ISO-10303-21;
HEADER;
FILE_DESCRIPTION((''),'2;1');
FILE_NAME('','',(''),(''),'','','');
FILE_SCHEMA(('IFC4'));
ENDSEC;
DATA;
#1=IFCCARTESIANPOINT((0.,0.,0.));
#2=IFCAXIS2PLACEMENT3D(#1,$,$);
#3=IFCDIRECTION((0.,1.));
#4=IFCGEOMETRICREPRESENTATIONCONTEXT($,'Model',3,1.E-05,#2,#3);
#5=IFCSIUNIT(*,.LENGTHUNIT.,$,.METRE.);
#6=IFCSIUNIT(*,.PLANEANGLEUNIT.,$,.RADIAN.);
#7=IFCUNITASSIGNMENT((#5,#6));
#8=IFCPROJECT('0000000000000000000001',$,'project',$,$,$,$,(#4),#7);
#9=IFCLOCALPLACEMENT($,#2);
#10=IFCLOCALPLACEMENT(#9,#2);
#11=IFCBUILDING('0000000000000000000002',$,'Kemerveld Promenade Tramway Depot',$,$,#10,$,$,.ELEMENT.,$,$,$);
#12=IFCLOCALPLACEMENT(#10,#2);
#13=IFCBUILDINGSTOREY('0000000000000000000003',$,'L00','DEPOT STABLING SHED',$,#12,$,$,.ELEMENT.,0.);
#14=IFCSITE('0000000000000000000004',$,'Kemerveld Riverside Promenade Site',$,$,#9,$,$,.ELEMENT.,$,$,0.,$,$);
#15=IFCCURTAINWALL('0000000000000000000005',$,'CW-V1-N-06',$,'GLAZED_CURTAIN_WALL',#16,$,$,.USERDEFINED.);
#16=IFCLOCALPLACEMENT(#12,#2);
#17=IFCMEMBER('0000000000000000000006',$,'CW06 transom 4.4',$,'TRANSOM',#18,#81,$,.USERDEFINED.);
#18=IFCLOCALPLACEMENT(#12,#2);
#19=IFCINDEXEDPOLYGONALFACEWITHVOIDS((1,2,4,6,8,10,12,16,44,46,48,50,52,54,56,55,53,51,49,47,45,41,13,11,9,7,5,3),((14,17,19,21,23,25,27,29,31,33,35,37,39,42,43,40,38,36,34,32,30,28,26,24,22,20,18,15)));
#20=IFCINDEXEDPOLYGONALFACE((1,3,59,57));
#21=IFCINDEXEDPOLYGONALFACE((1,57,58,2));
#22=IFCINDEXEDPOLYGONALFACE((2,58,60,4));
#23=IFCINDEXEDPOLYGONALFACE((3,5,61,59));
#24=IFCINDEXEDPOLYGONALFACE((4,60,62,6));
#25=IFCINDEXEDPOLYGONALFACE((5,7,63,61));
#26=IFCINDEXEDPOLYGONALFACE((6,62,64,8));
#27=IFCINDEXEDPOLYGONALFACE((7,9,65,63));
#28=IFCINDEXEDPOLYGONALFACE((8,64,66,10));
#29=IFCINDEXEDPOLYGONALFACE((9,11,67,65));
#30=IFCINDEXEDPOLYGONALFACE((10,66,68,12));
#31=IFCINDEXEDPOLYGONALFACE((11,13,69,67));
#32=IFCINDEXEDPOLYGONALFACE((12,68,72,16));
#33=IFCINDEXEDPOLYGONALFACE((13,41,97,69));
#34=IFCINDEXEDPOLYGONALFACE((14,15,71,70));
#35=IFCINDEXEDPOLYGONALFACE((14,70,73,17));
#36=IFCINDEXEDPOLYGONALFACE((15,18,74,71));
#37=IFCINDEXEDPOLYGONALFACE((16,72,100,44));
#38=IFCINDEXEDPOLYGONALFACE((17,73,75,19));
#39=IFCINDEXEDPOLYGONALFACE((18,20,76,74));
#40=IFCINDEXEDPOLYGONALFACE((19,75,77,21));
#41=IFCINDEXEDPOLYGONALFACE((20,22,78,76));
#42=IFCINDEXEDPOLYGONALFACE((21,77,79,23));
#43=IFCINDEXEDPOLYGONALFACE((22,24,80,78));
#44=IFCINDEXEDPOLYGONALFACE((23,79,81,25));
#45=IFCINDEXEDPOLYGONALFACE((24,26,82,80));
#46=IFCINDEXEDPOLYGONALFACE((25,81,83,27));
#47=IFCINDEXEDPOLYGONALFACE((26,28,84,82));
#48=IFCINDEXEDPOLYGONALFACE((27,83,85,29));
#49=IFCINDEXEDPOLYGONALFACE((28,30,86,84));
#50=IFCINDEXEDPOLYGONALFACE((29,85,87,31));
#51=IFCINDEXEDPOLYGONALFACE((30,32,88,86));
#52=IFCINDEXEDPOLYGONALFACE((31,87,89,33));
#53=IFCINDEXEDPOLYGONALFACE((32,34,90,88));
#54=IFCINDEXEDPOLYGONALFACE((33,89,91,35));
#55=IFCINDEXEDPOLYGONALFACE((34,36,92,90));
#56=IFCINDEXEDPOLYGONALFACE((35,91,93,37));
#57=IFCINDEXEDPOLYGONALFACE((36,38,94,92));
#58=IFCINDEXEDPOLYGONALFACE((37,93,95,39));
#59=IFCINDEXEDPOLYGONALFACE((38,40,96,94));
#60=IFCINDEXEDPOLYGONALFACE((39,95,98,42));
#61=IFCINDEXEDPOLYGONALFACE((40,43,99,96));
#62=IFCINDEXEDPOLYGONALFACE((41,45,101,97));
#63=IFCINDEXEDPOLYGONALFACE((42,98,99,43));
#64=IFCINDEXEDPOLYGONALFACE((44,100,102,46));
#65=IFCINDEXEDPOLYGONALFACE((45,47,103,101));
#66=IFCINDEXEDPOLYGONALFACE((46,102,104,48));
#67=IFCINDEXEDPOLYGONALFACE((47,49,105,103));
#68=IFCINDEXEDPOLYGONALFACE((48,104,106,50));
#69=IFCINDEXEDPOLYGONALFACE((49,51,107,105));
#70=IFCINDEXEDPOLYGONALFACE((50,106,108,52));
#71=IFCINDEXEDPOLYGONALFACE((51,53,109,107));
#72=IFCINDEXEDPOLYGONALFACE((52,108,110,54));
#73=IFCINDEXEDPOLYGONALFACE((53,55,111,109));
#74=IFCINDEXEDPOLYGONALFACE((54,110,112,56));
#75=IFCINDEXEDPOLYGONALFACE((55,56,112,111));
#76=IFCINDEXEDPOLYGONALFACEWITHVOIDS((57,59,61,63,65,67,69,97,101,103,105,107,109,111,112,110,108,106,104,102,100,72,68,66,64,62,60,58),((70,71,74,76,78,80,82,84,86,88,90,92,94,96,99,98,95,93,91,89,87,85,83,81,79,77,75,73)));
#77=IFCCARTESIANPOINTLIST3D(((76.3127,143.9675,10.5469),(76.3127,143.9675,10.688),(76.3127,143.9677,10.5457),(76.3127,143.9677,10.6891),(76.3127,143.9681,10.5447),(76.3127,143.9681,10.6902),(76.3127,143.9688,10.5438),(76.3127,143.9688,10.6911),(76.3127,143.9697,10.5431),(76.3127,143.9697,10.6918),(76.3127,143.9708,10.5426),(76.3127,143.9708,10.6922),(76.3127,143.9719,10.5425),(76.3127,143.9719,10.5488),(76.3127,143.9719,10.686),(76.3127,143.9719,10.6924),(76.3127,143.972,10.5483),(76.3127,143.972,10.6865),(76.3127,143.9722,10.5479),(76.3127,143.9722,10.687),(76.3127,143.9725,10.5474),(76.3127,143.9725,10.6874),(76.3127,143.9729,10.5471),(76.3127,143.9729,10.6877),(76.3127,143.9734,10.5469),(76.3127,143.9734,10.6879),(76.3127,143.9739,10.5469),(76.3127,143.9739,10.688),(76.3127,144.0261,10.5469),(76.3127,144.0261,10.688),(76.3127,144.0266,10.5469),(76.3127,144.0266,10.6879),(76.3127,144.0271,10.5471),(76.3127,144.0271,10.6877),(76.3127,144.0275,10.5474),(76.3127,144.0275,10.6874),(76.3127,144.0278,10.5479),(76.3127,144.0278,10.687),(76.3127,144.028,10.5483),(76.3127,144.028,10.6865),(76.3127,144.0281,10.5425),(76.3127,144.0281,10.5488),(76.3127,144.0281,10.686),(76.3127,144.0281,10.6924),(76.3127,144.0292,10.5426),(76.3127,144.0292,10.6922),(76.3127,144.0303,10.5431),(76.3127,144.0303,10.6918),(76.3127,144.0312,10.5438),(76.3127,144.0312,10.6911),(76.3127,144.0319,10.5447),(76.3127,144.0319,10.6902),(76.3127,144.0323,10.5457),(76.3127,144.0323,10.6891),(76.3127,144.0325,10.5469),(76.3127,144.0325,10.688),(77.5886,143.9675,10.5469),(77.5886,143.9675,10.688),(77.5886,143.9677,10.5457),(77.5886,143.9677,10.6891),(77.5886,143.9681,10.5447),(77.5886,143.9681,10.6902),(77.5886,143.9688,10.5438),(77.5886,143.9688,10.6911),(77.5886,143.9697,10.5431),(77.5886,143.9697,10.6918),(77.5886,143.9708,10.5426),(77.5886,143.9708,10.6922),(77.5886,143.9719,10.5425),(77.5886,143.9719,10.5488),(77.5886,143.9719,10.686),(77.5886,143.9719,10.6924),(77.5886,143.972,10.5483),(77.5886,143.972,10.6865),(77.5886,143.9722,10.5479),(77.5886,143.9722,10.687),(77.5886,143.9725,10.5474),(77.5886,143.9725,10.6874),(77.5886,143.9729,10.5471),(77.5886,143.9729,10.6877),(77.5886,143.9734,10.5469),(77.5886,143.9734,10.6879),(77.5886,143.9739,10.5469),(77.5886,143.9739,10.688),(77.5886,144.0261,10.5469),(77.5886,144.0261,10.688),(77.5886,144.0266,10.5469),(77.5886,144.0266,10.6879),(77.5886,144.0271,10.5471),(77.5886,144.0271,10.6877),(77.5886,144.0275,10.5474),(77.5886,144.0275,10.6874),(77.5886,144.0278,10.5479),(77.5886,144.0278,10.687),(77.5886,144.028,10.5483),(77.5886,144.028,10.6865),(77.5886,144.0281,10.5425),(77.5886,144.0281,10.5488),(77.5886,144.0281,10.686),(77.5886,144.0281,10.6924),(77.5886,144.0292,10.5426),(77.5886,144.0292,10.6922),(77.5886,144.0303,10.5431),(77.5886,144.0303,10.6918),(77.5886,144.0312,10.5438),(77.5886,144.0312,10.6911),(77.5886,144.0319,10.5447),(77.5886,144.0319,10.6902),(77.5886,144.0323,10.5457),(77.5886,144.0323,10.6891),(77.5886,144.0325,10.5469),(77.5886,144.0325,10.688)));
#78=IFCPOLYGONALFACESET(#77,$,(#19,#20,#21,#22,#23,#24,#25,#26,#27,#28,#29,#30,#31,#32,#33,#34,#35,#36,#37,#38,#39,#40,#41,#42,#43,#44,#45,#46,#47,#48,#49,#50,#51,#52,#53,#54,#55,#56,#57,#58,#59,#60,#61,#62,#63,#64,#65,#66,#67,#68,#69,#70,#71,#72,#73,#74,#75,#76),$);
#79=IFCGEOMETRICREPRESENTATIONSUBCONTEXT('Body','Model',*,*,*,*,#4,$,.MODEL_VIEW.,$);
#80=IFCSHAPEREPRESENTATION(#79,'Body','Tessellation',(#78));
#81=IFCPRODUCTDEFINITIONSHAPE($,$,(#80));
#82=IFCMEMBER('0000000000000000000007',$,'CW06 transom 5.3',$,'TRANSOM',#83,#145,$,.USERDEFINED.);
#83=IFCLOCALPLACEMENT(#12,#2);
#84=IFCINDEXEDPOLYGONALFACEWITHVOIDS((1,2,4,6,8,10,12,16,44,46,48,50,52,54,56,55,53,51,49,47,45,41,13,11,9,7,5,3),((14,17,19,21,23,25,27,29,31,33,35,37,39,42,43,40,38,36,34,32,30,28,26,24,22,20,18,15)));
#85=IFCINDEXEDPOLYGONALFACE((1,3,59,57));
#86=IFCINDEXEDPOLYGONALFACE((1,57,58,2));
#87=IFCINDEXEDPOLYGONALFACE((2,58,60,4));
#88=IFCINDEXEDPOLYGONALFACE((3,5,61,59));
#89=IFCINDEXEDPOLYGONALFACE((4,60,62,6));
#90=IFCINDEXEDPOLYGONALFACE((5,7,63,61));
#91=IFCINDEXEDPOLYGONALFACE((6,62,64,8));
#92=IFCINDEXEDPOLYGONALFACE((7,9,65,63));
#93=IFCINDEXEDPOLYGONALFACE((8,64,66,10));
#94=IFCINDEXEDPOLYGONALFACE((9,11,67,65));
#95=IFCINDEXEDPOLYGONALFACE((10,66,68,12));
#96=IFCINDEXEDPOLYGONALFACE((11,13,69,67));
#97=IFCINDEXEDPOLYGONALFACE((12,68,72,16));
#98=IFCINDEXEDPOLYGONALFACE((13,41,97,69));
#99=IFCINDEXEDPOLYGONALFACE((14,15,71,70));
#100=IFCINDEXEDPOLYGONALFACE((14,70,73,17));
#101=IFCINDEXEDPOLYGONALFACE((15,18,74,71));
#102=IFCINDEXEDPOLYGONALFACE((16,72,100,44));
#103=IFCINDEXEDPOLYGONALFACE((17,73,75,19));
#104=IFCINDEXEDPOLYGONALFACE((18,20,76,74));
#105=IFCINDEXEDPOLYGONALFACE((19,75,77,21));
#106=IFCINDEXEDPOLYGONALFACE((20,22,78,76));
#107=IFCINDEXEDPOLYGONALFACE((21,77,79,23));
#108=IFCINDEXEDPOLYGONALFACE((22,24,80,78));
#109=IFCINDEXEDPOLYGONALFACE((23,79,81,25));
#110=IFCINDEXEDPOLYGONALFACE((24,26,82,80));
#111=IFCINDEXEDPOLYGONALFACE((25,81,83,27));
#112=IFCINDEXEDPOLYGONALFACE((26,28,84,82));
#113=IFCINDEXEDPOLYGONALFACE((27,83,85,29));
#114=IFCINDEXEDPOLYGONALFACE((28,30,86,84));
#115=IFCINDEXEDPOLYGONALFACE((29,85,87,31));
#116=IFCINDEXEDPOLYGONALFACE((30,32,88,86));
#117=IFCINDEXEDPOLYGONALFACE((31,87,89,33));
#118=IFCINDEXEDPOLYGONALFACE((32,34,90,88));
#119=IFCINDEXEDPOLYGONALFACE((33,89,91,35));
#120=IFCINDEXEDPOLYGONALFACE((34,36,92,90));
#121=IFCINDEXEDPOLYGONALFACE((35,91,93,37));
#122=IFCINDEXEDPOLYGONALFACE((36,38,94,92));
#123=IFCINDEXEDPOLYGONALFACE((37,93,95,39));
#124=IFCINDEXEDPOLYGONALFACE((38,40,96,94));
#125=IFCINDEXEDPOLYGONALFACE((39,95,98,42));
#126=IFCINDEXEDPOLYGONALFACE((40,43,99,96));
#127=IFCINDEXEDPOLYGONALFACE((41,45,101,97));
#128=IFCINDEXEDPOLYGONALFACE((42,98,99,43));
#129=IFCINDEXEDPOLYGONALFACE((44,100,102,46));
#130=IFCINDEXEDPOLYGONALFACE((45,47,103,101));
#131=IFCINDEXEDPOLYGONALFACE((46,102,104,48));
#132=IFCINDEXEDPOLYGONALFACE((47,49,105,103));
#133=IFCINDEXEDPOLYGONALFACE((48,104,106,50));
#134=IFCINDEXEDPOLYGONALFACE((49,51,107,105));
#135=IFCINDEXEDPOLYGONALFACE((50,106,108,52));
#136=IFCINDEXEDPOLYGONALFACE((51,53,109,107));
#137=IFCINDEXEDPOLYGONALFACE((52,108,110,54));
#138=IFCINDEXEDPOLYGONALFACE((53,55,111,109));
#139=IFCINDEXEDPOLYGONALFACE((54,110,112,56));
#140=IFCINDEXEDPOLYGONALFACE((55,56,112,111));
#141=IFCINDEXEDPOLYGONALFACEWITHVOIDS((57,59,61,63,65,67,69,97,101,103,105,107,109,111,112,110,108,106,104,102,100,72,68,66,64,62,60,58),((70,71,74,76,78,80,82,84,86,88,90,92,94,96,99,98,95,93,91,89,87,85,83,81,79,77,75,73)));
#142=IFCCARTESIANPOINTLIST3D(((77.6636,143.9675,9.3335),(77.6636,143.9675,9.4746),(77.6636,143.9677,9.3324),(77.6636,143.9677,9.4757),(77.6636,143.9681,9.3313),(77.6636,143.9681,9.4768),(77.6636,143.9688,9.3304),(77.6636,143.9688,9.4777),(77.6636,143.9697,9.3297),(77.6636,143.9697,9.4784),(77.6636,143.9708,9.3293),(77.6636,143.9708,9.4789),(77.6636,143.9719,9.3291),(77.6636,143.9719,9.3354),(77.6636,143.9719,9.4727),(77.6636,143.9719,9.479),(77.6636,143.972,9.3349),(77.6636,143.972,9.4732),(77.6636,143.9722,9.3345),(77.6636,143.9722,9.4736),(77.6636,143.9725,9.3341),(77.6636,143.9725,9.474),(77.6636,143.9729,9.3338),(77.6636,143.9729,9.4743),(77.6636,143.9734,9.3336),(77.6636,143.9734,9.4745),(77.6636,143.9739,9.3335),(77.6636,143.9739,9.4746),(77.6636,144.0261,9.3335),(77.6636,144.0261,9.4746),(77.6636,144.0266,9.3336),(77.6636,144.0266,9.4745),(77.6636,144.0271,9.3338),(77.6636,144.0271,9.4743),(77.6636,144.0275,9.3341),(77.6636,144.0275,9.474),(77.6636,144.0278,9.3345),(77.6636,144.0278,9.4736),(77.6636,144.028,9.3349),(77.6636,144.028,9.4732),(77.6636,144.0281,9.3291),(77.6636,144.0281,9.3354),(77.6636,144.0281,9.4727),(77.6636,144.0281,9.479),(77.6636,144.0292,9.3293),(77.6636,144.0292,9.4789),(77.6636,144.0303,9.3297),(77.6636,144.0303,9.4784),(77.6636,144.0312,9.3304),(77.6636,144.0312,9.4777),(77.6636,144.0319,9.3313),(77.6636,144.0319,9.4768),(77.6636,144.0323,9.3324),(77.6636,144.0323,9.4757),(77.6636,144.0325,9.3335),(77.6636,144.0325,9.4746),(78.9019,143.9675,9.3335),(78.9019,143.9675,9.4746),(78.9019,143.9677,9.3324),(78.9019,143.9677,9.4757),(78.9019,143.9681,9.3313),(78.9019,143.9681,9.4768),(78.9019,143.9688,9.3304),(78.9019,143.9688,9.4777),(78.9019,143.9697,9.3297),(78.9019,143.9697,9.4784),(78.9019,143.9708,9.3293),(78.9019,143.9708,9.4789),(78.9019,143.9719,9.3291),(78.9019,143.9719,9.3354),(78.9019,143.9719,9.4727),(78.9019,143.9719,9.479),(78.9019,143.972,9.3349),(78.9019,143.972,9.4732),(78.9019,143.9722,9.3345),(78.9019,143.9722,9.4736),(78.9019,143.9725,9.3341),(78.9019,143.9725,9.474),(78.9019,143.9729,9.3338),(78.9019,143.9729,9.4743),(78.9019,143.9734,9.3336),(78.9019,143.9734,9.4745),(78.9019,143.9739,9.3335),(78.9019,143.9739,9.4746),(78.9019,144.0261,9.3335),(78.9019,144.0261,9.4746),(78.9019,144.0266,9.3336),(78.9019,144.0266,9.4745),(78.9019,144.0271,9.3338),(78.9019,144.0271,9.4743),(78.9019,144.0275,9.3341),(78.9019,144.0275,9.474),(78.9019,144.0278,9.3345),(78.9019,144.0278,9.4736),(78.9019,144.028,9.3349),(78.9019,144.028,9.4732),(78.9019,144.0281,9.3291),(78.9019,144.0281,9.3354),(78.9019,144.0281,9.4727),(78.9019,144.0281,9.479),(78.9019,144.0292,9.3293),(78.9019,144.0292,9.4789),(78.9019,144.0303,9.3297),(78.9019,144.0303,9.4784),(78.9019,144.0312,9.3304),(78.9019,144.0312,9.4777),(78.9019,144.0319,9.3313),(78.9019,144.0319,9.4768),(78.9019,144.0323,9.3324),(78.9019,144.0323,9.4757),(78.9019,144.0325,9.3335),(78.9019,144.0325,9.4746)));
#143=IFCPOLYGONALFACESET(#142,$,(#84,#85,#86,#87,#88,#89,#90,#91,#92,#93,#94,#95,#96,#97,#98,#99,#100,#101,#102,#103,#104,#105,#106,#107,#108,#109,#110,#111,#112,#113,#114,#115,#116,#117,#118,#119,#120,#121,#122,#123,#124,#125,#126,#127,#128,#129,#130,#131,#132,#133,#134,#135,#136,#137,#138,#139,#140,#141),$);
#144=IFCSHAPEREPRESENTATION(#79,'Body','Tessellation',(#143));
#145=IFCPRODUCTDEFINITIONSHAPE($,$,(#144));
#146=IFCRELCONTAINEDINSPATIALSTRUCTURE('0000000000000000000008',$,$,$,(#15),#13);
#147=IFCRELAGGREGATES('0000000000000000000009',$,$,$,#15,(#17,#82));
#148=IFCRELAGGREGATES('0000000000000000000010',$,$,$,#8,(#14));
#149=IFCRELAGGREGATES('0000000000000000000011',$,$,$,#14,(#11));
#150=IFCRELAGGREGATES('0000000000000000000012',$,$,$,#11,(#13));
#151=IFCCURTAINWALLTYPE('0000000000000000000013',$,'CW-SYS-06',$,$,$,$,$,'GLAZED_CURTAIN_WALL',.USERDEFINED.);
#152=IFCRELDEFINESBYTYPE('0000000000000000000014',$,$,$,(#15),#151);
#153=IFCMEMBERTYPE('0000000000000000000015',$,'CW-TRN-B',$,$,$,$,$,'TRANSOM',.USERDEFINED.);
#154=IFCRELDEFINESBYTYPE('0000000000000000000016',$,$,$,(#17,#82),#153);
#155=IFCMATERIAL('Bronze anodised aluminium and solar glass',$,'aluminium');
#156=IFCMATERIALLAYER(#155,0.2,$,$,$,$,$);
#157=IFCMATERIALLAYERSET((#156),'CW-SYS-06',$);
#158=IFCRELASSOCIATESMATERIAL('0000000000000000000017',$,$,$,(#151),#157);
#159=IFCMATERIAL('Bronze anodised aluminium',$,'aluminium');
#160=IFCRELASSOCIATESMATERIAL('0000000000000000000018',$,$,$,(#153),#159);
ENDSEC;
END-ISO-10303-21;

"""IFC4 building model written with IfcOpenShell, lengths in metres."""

from ifc_helpers import new_model, si_unit, direction, frame, origin, origin_2d, place, context, subcontext, project, spatial, hollow_rectangle, extrude, material, layer, layer_set, material_profile, profile_set, type_object, element, aggregate, save


model = new_model("IFC4")

# Units and contexts
model_context = context("Model", 3, precision=1e-05, world=origin(), true_north=direction((0.0, 1.0)))
body_context = subcontext(model_context, "Body", "Model", "MODEL_VIEW")
ifc_project = project(units=[si_unit("LENGTHUNIT", "METRE"), si_unit("PLANEANGLEUNIT", "RADIAN")], contexts=[model_context])

# Site, building, storey
site_placement = place(None, origin())
site = spatial("IfcSite", under=ifc_project, at=site_placement, Name="Kemerveld Riverside Promenade Site", CompositionType="ELEMENT", RefElevation=0.0)
building_placement = place(site_placement, origin())
building = spatial("IfcBuilding", under=site, at=building_placement, Name="Kemerveld Promenade Tramway Depot", CompositionType="ELEMENT")
storey_placement = place(building_placement, origin())
storey = spatial("IfcBuildingStorey", under=building, at=storey_placement, Name="L00", Description="DEPOT STABLING SHED", CompositionType="ELEMENT", Elevation=0.0)

# Curtain wall, members
ifc_material_1 = material(Name="Bronze anodised aluminium and solar glass", Category="aluminium")
ifc_material_2 = material(Name="Bronze anodised aluminium", Category="aluminium")
ifc_layer_1 = layer(ifc_material_1, 0.2)
ifc_layer_set_1 = layer_set([ifc_layer_1], Name="CW-SYS-06")
curtain_wall_type_1 = type_object("IfcCurtainWallType", Name="CW-SYS-06", ElementType="GLAZED_CURTAIN_WALL", PredefinedType="USERDEFINED", material=ifc_layer_set_1)
curtain_wall_1_placement = place(storey_placement, origin())
curtain_wall_1 = element("IfcCurtainWall", 1, at=curtain_wall_1_placement, inside=storey, type_object=curtain_wall_type_1, Name="CW-V1-N-06", ObjectType="GLAZED_CURTAIN_WALL", PredefinedType="USERDEFINED")
ifc_material_profile_1 = material_profile(ifc_material_2, hollow_rectangle(XDim=0.0649, YDim=0.1499, WallThickness=0.0044, InnerFilletRadius=0.002, OuterFilletRadius=0.0044, at=origin_2d()), Name="CW-TRN-150x65")
ifc_profile_set_1 = profile_set([ifc_material_profile_1], Name="Bronze anodised aluminium")
member_type_1 = type_object("IfcMemberType", Name="CW-TRN-B", ElementType="TRANSOM", PredefinedType="USERDEFINED", material=ifc_profile_set_1)
member_1_placement = place(storey_placement, frame((76.3127, 144.0, 10.6174), z_axis=(1.0, 0.0, 0.0), x_axis=(0.0, 1.0, 0.0)))
member_1 = element("IfcMember", 2, at=member_1_placement, type_object=member_type_1, Name="CW06 transom 4.4", ObjectType="TRANSOM", PredefinedType="USERDEFINED", context=body_context, shape_type="SweptSolid", body=[
    extrude(hollow_rectangle(XDim=0.0649, YDim=0.1499, WallThickness=0.0044, InnerFilletRadius=0.002, OuterFilletRadius=0.0044, at=origin_2d()), origin(), (0.0, 0.0, 1.0), 1.2759),
])
member_2_placement = place(storey_placement, frame((77.6636, 144.0, 9.4041), z_axis=(1.0, 0.0, 0.0), x_axis=(0.0, 1.0, 0.0)))
member_2 = element("IfcMember", 3, at=member_2_placement, type_object=member_type_1, Name="CW06 transom 5.3", ObjectType="TRANSOM", PredefinedType="USERDEFINED", context=body_context, shape_type="SweptSolid", body=[
    extrude(hollow_rectangle(XDim=0.0649, YDim=0.1499, WallThickness=0.0044, InnerFilletRadius=0.002, OuterFilletRadius=0.0044, at=origin_2d()), origin(), (0.0, 0.0, 1.0), 1.2383),
])

aggregate(curtain_wall_1, [member_1, member_2])

save(model, "model.ifc")
